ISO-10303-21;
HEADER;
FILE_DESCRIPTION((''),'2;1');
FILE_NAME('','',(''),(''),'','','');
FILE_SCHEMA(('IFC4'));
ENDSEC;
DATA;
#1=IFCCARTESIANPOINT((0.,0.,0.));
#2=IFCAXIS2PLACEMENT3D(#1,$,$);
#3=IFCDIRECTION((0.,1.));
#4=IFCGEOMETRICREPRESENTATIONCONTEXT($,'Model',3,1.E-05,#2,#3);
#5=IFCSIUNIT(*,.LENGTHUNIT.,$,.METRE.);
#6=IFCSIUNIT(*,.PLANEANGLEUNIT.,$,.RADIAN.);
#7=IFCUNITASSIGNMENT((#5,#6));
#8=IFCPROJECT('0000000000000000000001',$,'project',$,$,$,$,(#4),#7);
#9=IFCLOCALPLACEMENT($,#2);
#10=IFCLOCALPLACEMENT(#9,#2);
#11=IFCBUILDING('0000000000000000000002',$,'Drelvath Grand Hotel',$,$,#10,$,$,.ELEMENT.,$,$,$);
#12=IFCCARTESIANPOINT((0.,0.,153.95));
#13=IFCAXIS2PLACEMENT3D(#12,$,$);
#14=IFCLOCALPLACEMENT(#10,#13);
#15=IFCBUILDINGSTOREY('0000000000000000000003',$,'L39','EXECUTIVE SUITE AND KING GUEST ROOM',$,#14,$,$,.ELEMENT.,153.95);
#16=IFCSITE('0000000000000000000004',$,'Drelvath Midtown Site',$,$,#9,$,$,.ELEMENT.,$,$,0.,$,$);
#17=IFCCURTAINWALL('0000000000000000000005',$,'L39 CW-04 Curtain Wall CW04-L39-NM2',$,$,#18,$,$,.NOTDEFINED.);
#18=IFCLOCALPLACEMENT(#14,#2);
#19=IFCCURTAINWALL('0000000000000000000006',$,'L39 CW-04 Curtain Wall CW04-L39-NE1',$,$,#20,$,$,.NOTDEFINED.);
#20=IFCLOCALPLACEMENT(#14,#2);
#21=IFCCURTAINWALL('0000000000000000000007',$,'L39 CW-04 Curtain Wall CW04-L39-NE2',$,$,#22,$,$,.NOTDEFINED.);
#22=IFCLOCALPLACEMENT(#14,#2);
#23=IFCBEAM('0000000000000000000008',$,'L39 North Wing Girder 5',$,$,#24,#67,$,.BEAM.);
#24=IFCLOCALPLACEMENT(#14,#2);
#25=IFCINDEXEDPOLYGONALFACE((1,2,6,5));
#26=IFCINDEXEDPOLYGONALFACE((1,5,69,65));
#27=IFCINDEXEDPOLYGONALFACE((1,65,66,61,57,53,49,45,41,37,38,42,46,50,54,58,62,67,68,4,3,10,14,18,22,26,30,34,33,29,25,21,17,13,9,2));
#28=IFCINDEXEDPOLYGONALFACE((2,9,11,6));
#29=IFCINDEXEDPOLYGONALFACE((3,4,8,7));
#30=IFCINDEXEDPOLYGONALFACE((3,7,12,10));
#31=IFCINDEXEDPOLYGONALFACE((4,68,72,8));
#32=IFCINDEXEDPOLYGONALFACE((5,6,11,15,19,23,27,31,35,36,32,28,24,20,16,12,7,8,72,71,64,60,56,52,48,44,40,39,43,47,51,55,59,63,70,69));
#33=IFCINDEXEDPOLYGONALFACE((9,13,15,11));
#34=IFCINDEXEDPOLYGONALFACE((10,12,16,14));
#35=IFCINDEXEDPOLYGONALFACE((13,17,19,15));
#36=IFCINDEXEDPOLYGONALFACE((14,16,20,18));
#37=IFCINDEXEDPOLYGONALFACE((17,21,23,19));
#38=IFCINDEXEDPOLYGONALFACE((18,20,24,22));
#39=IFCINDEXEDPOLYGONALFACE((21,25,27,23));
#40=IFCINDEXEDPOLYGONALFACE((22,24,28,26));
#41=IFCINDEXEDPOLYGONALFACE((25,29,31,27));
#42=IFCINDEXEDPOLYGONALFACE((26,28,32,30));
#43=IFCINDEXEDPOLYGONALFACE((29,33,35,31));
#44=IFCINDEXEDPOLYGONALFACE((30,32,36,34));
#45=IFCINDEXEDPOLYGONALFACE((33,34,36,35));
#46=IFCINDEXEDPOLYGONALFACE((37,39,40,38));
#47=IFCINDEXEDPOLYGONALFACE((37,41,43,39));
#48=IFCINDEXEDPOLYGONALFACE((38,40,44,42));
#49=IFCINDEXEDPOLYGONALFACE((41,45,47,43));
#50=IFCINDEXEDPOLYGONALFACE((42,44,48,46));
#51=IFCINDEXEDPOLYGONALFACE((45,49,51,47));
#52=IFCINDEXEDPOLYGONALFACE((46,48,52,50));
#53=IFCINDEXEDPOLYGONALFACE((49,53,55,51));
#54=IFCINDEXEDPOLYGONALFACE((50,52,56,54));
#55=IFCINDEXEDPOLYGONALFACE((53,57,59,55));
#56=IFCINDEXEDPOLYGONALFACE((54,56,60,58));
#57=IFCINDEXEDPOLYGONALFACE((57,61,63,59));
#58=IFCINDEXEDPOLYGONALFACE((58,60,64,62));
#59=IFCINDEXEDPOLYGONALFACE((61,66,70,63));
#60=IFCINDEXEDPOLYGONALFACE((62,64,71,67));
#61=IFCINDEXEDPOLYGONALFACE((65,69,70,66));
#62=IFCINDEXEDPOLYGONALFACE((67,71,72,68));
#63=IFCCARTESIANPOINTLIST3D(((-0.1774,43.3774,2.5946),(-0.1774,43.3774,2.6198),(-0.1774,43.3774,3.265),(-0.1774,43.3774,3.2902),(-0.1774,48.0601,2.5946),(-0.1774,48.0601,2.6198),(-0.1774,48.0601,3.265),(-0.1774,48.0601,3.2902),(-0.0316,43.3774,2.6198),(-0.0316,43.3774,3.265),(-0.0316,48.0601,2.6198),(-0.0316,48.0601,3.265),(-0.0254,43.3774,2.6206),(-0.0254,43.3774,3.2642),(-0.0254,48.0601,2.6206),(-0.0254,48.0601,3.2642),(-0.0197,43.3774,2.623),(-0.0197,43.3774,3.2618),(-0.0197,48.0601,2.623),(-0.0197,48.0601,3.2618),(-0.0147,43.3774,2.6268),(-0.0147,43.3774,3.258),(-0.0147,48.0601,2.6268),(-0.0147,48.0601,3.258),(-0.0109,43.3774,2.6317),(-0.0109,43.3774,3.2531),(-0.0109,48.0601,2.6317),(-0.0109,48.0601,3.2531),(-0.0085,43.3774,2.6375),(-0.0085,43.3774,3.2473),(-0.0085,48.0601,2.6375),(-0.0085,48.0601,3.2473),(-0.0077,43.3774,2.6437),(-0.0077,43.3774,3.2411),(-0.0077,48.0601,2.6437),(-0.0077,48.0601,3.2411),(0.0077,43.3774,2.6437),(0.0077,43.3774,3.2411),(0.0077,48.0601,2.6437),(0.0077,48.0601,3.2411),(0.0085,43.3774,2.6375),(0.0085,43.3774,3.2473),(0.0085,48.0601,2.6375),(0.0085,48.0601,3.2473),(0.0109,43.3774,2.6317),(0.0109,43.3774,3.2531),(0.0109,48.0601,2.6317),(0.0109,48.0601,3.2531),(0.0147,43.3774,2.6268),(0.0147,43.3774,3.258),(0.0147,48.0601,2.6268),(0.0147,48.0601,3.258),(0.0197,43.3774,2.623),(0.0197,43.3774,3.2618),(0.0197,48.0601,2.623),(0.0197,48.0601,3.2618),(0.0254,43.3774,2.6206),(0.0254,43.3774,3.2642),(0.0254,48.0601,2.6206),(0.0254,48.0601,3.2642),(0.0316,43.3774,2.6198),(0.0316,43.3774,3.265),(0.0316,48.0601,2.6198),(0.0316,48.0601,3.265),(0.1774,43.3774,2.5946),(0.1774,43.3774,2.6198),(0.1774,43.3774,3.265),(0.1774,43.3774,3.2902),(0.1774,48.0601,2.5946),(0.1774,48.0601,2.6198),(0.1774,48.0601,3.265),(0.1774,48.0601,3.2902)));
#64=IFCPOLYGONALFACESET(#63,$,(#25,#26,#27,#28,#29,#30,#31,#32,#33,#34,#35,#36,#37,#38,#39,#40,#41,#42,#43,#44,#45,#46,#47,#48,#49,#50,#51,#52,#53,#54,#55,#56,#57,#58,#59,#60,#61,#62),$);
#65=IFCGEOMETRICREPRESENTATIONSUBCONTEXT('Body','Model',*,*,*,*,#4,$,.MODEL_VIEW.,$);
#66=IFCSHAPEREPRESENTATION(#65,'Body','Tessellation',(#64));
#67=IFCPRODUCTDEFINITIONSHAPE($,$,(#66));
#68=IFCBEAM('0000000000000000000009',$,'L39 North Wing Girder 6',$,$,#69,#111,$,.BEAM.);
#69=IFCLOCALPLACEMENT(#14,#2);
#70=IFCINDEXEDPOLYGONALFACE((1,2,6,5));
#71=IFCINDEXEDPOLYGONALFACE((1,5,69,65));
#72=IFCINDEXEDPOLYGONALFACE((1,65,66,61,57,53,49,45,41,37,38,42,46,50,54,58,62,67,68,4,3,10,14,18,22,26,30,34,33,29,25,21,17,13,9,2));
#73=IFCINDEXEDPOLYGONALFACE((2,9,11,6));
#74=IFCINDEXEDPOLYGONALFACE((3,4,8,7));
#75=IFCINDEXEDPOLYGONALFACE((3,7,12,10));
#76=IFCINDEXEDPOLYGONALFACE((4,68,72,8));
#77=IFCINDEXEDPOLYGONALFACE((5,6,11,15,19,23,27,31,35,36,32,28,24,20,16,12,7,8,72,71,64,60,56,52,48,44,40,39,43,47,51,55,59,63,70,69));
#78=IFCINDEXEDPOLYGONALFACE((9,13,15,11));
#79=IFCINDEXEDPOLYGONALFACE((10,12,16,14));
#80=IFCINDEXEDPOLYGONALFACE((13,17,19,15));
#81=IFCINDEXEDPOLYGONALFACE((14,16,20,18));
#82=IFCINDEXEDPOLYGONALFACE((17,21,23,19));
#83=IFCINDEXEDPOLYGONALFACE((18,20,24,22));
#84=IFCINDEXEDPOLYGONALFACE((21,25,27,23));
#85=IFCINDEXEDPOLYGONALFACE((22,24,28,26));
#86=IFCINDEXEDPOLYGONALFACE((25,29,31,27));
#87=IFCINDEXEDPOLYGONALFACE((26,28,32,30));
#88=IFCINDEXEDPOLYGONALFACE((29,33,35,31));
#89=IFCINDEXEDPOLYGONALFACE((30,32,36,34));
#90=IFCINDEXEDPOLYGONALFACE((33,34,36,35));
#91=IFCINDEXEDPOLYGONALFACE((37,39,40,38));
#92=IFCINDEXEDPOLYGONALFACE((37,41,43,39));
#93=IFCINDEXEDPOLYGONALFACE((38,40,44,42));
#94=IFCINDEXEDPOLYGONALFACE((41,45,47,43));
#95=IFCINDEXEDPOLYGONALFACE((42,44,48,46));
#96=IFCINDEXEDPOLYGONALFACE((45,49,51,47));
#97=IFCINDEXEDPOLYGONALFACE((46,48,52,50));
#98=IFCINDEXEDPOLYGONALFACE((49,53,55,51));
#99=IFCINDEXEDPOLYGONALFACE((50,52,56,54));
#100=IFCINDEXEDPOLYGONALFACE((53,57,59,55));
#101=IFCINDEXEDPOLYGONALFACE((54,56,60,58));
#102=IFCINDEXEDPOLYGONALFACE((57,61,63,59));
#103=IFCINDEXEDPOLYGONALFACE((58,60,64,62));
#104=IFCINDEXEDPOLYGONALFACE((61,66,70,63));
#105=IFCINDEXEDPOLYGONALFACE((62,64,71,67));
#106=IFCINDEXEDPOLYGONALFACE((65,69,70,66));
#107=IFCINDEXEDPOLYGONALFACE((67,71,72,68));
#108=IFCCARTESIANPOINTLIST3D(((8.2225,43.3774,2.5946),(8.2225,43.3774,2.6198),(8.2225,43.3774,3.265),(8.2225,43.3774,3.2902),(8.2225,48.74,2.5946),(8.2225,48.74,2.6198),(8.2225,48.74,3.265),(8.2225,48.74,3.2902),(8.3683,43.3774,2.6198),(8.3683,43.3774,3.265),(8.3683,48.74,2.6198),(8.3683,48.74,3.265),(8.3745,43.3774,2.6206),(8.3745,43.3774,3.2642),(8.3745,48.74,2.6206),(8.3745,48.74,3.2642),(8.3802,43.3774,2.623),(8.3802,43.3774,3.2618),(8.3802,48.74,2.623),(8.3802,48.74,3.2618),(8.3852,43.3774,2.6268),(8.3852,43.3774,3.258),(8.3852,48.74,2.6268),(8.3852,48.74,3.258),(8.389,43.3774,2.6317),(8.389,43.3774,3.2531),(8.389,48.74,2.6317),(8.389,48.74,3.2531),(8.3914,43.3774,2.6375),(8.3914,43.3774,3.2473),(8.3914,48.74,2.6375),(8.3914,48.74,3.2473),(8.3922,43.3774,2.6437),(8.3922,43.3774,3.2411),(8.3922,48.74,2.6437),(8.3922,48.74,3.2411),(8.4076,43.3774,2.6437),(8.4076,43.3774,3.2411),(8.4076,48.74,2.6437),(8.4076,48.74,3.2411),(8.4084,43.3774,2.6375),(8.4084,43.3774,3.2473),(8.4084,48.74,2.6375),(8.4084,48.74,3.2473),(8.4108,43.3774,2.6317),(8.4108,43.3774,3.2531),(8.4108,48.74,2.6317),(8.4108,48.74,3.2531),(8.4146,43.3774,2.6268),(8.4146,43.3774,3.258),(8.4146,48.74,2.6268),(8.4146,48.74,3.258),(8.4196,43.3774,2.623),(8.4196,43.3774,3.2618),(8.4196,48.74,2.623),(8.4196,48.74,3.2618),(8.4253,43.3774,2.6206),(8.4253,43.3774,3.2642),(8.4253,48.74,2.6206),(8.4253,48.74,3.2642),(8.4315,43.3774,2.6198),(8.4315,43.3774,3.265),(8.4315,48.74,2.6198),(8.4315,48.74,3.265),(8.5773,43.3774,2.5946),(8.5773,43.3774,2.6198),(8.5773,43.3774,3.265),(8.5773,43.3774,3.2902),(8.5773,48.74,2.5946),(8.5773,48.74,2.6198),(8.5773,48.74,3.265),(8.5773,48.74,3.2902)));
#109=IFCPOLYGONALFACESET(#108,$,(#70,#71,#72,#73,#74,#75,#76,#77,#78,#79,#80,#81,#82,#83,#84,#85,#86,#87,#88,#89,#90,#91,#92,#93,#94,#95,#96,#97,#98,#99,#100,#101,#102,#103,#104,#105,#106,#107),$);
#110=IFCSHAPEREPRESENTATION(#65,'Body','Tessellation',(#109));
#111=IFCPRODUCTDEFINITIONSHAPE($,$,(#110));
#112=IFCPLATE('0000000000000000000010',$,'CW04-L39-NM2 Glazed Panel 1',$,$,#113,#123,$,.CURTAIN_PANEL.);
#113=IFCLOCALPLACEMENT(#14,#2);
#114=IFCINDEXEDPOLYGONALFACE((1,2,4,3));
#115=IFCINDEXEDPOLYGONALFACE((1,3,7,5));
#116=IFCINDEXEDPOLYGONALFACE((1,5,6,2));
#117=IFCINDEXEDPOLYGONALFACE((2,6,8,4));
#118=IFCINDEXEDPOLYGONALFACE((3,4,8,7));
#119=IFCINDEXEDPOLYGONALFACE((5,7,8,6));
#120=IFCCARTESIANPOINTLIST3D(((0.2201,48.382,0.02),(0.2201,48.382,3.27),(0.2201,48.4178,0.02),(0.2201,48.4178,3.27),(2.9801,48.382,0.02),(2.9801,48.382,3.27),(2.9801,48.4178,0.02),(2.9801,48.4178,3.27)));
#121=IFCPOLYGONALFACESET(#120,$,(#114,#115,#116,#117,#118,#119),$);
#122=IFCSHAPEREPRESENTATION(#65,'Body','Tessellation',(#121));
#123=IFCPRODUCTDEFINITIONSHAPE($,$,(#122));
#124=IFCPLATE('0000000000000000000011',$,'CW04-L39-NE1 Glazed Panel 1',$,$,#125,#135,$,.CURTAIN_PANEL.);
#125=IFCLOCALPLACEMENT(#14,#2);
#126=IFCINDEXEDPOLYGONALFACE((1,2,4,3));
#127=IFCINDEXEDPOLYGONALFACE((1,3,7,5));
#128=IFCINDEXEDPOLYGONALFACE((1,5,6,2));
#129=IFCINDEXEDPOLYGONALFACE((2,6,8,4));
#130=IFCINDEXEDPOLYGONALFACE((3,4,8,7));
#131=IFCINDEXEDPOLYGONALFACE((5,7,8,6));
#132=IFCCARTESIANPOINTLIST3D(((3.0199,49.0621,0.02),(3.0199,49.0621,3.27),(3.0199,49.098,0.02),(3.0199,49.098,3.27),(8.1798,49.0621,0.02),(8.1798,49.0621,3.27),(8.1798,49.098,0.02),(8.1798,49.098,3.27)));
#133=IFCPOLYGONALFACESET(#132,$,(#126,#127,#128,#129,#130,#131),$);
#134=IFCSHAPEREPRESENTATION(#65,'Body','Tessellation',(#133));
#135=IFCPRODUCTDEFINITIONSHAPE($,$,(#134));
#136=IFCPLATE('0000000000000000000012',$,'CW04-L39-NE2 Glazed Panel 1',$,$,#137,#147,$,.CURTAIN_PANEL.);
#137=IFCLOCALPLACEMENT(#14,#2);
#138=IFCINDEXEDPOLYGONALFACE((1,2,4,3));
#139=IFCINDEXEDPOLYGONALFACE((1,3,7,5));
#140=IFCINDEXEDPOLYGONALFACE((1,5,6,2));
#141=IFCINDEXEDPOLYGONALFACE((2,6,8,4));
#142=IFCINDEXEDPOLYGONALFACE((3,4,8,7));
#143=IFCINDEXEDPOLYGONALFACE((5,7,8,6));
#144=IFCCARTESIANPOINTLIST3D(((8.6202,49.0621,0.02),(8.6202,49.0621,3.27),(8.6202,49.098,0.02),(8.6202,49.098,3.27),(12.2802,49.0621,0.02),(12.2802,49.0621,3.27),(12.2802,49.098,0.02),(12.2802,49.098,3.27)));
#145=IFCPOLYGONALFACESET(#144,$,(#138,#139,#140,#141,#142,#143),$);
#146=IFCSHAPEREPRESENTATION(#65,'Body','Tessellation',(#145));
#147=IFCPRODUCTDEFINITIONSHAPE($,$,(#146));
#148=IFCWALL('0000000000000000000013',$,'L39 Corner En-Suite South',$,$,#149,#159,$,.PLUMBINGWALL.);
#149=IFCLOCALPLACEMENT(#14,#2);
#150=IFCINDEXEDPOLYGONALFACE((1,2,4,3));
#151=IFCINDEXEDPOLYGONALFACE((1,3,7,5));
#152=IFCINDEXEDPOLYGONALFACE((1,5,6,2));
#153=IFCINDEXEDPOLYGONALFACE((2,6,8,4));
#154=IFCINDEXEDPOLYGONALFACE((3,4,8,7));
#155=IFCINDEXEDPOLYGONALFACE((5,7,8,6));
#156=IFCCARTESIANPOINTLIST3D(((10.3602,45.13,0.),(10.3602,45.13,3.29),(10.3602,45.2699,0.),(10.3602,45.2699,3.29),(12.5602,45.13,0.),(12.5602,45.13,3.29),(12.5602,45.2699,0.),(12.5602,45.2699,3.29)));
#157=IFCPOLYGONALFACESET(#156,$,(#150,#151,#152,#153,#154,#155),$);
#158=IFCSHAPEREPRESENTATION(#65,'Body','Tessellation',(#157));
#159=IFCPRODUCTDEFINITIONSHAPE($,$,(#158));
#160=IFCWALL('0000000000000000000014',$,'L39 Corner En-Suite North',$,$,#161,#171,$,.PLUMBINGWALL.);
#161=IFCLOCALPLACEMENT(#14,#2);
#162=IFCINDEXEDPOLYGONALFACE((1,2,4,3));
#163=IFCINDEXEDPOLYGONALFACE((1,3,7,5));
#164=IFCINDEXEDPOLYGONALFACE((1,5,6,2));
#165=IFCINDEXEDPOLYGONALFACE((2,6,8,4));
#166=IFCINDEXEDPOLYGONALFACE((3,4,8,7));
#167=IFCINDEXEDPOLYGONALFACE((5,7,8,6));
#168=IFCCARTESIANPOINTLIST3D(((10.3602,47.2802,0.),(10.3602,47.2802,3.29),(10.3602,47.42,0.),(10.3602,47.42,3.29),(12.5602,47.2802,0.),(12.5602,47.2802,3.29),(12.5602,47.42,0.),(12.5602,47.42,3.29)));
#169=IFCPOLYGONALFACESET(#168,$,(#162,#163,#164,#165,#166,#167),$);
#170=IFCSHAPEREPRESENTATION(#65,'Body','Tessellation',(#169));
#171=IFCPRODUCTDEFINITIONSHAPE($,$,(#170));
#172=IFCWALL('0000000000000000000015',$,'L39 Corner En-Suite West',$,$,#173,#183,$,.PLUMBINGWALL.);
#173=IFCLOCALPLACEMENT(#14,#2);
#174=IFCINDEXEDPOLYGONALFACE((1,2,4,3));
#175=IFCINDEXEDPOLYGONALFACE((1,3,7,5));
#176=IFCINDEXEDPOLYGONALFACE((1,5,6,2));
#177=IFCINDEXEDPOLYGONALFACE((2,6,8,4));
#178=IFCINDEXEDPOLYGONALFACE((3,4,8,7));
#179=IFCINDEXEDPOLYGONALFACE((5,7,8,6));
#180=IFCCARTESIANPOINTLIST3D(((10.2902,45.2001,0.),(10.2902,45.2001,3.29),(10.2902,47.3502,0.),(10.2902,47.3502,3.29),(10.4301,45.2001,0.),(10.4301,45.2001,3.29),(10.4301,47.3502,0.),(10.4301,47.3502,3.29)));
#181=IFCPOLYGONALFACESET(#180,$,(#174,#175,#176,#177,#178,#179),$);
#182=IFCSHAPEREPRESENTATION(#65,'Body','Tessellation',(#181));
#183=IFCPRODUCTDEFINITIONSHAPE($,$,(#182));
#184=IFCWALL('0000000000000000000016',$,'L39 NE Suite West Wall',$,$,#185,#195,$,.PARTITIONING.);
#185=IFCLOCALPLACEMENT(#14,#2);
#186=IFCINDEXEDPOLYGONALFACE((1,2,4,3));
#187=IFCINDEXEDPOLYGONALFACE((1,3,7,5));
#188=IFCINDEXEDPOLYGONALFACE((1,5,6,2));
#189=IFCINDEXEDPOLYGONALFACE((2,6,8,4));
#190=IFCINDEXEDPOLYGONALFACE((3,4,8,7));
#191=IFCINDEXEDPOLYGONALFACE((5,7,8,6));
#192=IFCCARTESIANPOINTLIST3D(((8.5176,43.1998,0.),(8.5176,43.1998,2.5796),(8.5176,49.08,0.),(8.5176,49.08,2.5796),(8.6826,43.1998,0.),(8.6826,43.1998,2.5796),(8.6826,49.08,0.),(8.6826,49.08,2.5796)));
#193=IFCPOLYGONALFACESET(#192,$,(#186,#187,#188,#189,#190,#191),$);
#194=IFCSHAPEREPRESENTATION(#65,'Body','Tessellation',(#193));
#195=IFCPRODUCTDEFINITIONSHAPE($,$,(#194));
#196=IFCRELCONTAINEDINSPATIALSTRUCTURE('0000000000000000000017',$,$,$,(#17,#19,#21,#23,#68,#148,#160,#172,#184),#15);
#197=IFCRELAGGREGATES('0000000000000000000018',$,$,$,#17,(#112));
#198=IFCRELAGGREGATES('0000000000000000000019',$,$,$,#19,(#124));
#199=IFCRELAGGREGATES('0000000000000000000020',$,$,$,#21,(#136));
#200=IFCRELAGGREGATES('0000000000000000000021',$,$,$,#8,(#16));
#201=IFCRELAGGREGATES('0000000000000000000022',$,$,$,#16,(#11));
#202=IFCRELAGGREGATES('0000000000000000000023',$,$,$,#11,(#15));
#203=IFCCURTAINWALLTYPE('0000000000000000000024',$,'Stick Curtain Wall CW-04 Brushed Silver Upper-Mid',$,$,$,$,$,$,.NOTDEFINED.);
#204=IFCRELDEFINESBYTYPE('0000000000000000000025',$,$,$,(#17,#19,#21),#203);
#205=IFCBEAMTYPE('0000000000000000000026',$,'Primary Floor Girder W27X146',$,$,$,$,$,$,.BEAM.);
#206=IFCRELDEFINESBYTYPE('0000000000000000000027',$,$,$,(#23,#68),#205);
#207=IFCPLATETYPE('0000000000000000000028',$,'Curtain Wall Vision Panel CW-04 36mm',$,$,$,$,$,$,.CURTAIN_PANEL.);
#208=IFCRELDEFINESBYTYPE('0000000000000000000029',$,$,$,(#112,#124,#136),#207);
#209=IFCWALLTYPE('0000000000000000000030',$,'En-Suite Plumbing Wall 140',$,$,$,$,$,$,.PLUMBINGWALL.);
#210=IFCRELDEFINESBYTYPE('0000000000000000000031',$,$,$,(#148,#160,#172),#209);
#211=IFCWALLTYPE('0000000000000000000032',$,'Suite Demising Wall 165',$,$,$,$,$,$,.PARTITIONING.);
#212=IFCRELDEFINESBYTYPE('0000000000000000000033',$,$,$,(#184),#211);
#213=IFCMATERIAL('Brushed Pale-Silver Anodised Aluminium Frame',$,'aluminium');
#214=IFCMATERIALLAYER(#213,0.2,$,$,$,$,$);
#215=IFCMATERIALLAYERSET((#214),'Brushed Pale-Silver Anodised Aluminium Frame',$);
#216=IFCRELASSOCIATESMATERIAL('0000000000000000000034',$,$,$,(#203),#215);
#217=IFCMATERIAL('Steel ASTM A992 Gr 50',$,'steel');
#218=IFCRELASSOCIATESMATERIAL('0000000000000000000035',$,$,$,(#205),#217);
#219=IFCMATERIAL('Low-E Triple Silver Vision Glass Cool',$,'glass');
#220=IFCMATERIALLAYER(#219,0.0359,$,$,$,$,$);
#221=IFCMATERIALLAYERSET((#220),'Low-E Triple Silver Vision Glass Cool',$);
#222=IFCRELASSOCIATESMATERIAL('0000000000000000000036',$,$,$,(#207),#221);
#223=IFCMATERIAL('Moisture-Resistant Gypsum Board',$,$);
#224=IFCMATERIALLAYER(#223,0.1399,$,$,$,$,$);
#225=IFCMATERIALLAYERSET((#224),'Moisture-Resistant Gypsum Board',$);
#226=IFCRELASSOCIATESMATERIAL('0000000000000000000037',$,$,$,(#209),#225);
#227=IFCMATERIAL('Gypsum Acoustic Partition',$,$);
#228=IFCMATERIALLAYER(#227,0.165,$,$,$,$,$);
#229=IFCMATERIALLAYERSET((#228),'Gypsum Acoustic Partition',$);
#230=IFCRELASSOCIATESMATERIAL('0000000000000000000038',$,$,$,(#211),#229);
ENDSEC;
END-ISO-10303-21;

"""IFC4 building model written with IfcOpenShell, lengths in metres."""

from ifc_helpers import new_model, si_unit, direction, frame, frame_2d, origin, origin_2d, place, context, subcontext, project, spatial, rectangle, i_section, extrude, material, layer, layer_set, material_profile, profile_set, type_object, element, aggregate, save


model = new_model("IFC4")

# Units and contexts
model_context = context("Model", 3, precision=1e-05, world=origin(), true_north=direction((0.0, 1.0)))
body_context = subcontext(model_context, "Body", "Model", "MODEL_VIEW")
ifc_project = project(units=[si_unit("LENGTHUNIT", "METRE"), si_unit("PLANEANGLEUNIT", "RADIAN")], contexts=[model_context])

# Site, building, storey
site_placement = place(None, origin())
site = spatial("IfcSite", under=ifc_project, at=site_placement, Name="Drelvath Midtown Site", CompositionType="ELEMENT", RefElevation=0.0)
building_placement = place(site_placement, origin())
building = spatial("IfcBuilding", under=site, at=building_placement, Name="Drelvath Grand Hotel", CompositionType="ELEMENT")
storey_placement = place(building_placement, frame((0.0, 0.0, 153.95)))
storey = spatial("IfcBuildingStorey", under=building, at=storey_placement, Name="L39", Description="EXECUTIVE SUITE AND KING GUEST ROOM", CompositionType="ELEMENT", Elevation=153.95)

# Curtain walls
ifc_material_1 = material(Name="Brushed Pale-Silver Anodised Aluminium Frame", Category="aluminium")
ifc_layer_1 = layer(ifc_material_1, 0.2)
ifc_layer_set_1 = layer_set([ifc_layer_1], Name="Brushed Pale-Silver Anodised Aluminium Frame")
curtain_wall_type = type_object("IfcCurtainWallType", Name="Stick Curtain Wall CW-04 Brushed Silver Upper-Mid", PredefinedType="NOTDEFINED", material=ifc_layer_set_1)
curtain_wall_1_placement = place(storey_placement, origin())
curtain_wall_1 = element("IfcCurtainWall", 1, at=curtain_wall_1_placement, inside=storey, type_object=curtain_wall_type, Name="L39 CW-04 Curtain Wall CW04-L39-NM2", PredefinedType="NOTDEFINED")
curtain_wall_2_placement = place(storey_placement, origin())
curtain_wall_2 = element("IfcCurtainWall", 2, at=curtain_wall_2_placement, inside=storey, type_object=curtain_wall_type, Name="L39 CW-04 Curtain Wall CW04-L39-NE1", PredefinedType="NOTDEFINED")
curtain_wall_3_placement = place(storey_placement, origin())
curtain_wall_3 = element("IfcCurtainWall", 3, at=curtain_wall_3_placement, inside=storey, type_object=curtain_wall_type, Name="L39 CW-04 Curtain Wall CW04-L39-NE2", PredefinedType="NOTDEFINED")

# Beams
ifc_material_2 = material(Name="Steel ASTM A992 Gr 50", Category="steel")
ifc_material_profile_1 = material_profile(ifc_material_2, i_section(OverallWidth=0.3547, OverallDepth=0.6956, WebThickness=0.0154, FlangeThickness=0.0251, FilletRadius=0.0239, at=origin_2d()), Name="W27X146")
ifc_profile_set_1 = profile_set([ifc_material_profile_1], Name="Steel ASTM A992 Gr 50")
beam_type_1 = type_object("IfcBeamType", Name="Primary Floor Girder W27X146", PredefinedType="BEAM", material=ifc_profile_set_1)
beam_1_placement = place(storey_placement, frame((0.0, 43.3774, 2.9424), z_axis=(0.0, 1.0, 0.0), x_axis=(-1.0, 0.0, 0.0)))
element("IfcBeam", 4, at=beam_1_placement, inside=storey, type_object=beam_type_1, Name="L39 North Wing Girder 5", PredefinedType="BEAM", context=body_context, shape_type="SweptSolid", body=[
    extrude(i_section(OverallWidth=0.3547, OverallDepth=0.6956, WebThickness=0.0154, FlangeThickness=0.0251, FilletRadius=0.0239, at=origin_2d()), origin(), (0.0, 0.0, 1.0), 4.6826),
])
beam_2_placement = place(storey_placement, frame((8.3999, 43.3774, 2.9424), z_axis=(0.0, 1.0, 0.0), x_axis=(-1.0, 0.0, 0.0)))
element("IfcBeam", 5, at=beam_2_placement, inside=storey, type_object=beam_type_1, Name="L39 North Wing Girder 6", PredefinedType="BEAM", context=body_context, shape_type="SweptSolid", body=[
    extrude(i_section(OverallWidth=0.3547, OverallDepth=0.6956, WebThickness=0.0154, FlangeThickness=0.0251, FilletRadius=0.0239, at=origin_2d()), origin(), (0.0, 0.0, 1.0), 5.3625),
])

# Plates
ifc_material_3 = material(Name="Low-E Triple Silver Vision Glass Cool", Category="glass")
ifc_layer_2 = layer(ifc_material_3, 0.0359)
ifc_layer_set_2 = layer_set([ifc_layer_2], Name="Low-E Triple Silver Vision Glass Cool")
plate_type = type_object("IfcPlateType", Name="Curtain Wall Vision Panel CW-04 36mm", PredefinedType="CURTAIN_PANEL", material=ifc_layer_set_2)
plate_1_placement = place(storey_placement, frame((1.6001, 48.3999, 0.02), z_axis=(0.0, 0.0, 1.0), x_axis=(1.0, 0.0, 0.0)))
plate_1 = element("IfcPlate", 6, at=plate_1_placement, type_object=plate_type, Name="CW04-L39-NM2 Glazed Panel 1", PredefinedType="CURTAIN_PANEL", context=body_context, shape_type="SweptSolid", body=[
    extrude(rectangle(XDim=2.76, YDim=0.0359, at=origin_2d()), origin(), (0.0, 0.0, 1.0), 3.25),
])
aggregate(curtain_wall_1, [plate_1])
plate_2_placement = place(storey_placement, frame((5.5999, 49.0801, 0.02), z_axis=(0.0, 0.0, 1.0), x_axis=(1.0, 0.0, 0.0)))
plate_2 = element("IfcPlate", 7, at=plate_2_placement, type_object=plate_type, Name="CW04-L39-NE1 Glazed Panel 1", PredefinedType="CURTAIN_PANEL", context=body_context, shape_type="SweptSolid", body=[
    extrude(rectangle(XDim=5.1599, YDim=0.0359, at=origin_2d()), origin(), (0.0, 0.0, 1.0), 3.25),
])
aggregate(curtain_wall_2, [plate_2])
plate_3_placement = place(storey_placement, frame((10.4502, 49.0801, 0.02), z_axis=(0.0, 0.0, 1.0), x_axis=(1.0, 0.0, 0.0)))
plate_3 = element("IfcPlate", 8, at=plate_3_placement, type_object=plate_type, Name="CW04-L39-NE2 Glazed Panel 1", PredefinedType="CURTAIN_PANEL", context=body_context, shape_type="SweptSolid", body=[
    extrude(rectangle(XDim=3.6599, YDim=0.0359, at=origin_2d()), origin(), (0.0, 0.0, 1.0), 3.25),
])
aggregate(curtain_wall_3, [plate_3])

# Walls
ifc_material_4 = material(Name="Moisture-Resistant Gypsum Board")
ifc_layer_3 = layer(ifc_material_4, 0.1399)
ifc_layer_set_3 = layer_set([ifc_layer_3], Name="Moisture-Resistant Gypsum Board")
wall_type_1 = type_object("IfcWallType", Name="En-Suite Plumbing Wall 140", PredefinedType="PLUMBINGWALL", material=ifc_layer_set_3)
for number, where, z_axis, x_axis, name in (
    (9, (10.3601, 45.2, 0.0), (0.0, 0.0, 1.0), (1.0, 0.0, 0.0), "L39 Corner En-Suite South"),
    (10, (10.3601, 47.3501, 0.0), (0.0, 0.0, 1.0), (1.0, 0.0, 0.0), "L39 Corner En-Suite North"),
):
    element("IfcWall", number, at=place(storey_placement, frame(where, z_axis=z_axis, x_axis=x_axis)), inside=storey, type_object=wall_type_1, Name=name, PredefinedType="PLUMBINGWALL", context=body_context, shape_type="SweptSolid", body=[
        extrude(rectangle(XDim=2.2, YDim=0.1399, at=frame_2d((1.1001, 0.0))), origin(), (0.0, 0.0, 1.0), 3.29),
    ])
wall_1_placement = place(storey_placement, frame((10.3601, 45.2, 0.0), z_axis=(0.0, 0.0, 1.0), x_axis=(0.0, 1.0, 0.0)))
element("IfcWall", 11, at=wall_1_placement, inside=storey, type_object=wall_type_1, Name="L39 Corner En-Suite West", PredefinedType="PLUMBINGWALL", context=body_context, shape_type="SweptSolid", body=[
    extrude(rectangle(XDim=2.1501, YDim=0.1399, at=frame_2d((1.0752, 0.0))), origin(), (0.0, 0.0, 1.0), 3.29),
])
ifc_material_5 = material(Name="Gypsum Acoustic Partition")
ifc_layer_4 = layer(ifc_material_5, 0.165)
ifc_layer_set_4 = layer_set([ifc_layer_4], Name="Gypsum Acoustic Partition")
wall_type_2 = type_object("IfcWallType", Name="Suite Demising Wall 165", PredefinedType="PARTITIONING", material=ifc_layer_set_4)
wall_2_placement = place(storey_placement, frame((8.6001, 43.2, 0.0), z_axis=(0.0, 0.0, 1.0), x_axis=(0.0, 1.0, 0.0)))
element("IfcWall", 12, at=wall_2_placement, inside=storey, type_object=wall_type_2, Name="L39 NE Suite West Wall", PredefinedType="PARTITIONING", context=body_context, shape_type="SweptSolid", body=[
    extrude(rectangle(XDim=5.8801, YDim=0.165, at=frame_2d((2.9399, 0.0))), origin(), (0.0, 0.0, 1.0), 2.5796),
])

save(model, "model.ifc")
